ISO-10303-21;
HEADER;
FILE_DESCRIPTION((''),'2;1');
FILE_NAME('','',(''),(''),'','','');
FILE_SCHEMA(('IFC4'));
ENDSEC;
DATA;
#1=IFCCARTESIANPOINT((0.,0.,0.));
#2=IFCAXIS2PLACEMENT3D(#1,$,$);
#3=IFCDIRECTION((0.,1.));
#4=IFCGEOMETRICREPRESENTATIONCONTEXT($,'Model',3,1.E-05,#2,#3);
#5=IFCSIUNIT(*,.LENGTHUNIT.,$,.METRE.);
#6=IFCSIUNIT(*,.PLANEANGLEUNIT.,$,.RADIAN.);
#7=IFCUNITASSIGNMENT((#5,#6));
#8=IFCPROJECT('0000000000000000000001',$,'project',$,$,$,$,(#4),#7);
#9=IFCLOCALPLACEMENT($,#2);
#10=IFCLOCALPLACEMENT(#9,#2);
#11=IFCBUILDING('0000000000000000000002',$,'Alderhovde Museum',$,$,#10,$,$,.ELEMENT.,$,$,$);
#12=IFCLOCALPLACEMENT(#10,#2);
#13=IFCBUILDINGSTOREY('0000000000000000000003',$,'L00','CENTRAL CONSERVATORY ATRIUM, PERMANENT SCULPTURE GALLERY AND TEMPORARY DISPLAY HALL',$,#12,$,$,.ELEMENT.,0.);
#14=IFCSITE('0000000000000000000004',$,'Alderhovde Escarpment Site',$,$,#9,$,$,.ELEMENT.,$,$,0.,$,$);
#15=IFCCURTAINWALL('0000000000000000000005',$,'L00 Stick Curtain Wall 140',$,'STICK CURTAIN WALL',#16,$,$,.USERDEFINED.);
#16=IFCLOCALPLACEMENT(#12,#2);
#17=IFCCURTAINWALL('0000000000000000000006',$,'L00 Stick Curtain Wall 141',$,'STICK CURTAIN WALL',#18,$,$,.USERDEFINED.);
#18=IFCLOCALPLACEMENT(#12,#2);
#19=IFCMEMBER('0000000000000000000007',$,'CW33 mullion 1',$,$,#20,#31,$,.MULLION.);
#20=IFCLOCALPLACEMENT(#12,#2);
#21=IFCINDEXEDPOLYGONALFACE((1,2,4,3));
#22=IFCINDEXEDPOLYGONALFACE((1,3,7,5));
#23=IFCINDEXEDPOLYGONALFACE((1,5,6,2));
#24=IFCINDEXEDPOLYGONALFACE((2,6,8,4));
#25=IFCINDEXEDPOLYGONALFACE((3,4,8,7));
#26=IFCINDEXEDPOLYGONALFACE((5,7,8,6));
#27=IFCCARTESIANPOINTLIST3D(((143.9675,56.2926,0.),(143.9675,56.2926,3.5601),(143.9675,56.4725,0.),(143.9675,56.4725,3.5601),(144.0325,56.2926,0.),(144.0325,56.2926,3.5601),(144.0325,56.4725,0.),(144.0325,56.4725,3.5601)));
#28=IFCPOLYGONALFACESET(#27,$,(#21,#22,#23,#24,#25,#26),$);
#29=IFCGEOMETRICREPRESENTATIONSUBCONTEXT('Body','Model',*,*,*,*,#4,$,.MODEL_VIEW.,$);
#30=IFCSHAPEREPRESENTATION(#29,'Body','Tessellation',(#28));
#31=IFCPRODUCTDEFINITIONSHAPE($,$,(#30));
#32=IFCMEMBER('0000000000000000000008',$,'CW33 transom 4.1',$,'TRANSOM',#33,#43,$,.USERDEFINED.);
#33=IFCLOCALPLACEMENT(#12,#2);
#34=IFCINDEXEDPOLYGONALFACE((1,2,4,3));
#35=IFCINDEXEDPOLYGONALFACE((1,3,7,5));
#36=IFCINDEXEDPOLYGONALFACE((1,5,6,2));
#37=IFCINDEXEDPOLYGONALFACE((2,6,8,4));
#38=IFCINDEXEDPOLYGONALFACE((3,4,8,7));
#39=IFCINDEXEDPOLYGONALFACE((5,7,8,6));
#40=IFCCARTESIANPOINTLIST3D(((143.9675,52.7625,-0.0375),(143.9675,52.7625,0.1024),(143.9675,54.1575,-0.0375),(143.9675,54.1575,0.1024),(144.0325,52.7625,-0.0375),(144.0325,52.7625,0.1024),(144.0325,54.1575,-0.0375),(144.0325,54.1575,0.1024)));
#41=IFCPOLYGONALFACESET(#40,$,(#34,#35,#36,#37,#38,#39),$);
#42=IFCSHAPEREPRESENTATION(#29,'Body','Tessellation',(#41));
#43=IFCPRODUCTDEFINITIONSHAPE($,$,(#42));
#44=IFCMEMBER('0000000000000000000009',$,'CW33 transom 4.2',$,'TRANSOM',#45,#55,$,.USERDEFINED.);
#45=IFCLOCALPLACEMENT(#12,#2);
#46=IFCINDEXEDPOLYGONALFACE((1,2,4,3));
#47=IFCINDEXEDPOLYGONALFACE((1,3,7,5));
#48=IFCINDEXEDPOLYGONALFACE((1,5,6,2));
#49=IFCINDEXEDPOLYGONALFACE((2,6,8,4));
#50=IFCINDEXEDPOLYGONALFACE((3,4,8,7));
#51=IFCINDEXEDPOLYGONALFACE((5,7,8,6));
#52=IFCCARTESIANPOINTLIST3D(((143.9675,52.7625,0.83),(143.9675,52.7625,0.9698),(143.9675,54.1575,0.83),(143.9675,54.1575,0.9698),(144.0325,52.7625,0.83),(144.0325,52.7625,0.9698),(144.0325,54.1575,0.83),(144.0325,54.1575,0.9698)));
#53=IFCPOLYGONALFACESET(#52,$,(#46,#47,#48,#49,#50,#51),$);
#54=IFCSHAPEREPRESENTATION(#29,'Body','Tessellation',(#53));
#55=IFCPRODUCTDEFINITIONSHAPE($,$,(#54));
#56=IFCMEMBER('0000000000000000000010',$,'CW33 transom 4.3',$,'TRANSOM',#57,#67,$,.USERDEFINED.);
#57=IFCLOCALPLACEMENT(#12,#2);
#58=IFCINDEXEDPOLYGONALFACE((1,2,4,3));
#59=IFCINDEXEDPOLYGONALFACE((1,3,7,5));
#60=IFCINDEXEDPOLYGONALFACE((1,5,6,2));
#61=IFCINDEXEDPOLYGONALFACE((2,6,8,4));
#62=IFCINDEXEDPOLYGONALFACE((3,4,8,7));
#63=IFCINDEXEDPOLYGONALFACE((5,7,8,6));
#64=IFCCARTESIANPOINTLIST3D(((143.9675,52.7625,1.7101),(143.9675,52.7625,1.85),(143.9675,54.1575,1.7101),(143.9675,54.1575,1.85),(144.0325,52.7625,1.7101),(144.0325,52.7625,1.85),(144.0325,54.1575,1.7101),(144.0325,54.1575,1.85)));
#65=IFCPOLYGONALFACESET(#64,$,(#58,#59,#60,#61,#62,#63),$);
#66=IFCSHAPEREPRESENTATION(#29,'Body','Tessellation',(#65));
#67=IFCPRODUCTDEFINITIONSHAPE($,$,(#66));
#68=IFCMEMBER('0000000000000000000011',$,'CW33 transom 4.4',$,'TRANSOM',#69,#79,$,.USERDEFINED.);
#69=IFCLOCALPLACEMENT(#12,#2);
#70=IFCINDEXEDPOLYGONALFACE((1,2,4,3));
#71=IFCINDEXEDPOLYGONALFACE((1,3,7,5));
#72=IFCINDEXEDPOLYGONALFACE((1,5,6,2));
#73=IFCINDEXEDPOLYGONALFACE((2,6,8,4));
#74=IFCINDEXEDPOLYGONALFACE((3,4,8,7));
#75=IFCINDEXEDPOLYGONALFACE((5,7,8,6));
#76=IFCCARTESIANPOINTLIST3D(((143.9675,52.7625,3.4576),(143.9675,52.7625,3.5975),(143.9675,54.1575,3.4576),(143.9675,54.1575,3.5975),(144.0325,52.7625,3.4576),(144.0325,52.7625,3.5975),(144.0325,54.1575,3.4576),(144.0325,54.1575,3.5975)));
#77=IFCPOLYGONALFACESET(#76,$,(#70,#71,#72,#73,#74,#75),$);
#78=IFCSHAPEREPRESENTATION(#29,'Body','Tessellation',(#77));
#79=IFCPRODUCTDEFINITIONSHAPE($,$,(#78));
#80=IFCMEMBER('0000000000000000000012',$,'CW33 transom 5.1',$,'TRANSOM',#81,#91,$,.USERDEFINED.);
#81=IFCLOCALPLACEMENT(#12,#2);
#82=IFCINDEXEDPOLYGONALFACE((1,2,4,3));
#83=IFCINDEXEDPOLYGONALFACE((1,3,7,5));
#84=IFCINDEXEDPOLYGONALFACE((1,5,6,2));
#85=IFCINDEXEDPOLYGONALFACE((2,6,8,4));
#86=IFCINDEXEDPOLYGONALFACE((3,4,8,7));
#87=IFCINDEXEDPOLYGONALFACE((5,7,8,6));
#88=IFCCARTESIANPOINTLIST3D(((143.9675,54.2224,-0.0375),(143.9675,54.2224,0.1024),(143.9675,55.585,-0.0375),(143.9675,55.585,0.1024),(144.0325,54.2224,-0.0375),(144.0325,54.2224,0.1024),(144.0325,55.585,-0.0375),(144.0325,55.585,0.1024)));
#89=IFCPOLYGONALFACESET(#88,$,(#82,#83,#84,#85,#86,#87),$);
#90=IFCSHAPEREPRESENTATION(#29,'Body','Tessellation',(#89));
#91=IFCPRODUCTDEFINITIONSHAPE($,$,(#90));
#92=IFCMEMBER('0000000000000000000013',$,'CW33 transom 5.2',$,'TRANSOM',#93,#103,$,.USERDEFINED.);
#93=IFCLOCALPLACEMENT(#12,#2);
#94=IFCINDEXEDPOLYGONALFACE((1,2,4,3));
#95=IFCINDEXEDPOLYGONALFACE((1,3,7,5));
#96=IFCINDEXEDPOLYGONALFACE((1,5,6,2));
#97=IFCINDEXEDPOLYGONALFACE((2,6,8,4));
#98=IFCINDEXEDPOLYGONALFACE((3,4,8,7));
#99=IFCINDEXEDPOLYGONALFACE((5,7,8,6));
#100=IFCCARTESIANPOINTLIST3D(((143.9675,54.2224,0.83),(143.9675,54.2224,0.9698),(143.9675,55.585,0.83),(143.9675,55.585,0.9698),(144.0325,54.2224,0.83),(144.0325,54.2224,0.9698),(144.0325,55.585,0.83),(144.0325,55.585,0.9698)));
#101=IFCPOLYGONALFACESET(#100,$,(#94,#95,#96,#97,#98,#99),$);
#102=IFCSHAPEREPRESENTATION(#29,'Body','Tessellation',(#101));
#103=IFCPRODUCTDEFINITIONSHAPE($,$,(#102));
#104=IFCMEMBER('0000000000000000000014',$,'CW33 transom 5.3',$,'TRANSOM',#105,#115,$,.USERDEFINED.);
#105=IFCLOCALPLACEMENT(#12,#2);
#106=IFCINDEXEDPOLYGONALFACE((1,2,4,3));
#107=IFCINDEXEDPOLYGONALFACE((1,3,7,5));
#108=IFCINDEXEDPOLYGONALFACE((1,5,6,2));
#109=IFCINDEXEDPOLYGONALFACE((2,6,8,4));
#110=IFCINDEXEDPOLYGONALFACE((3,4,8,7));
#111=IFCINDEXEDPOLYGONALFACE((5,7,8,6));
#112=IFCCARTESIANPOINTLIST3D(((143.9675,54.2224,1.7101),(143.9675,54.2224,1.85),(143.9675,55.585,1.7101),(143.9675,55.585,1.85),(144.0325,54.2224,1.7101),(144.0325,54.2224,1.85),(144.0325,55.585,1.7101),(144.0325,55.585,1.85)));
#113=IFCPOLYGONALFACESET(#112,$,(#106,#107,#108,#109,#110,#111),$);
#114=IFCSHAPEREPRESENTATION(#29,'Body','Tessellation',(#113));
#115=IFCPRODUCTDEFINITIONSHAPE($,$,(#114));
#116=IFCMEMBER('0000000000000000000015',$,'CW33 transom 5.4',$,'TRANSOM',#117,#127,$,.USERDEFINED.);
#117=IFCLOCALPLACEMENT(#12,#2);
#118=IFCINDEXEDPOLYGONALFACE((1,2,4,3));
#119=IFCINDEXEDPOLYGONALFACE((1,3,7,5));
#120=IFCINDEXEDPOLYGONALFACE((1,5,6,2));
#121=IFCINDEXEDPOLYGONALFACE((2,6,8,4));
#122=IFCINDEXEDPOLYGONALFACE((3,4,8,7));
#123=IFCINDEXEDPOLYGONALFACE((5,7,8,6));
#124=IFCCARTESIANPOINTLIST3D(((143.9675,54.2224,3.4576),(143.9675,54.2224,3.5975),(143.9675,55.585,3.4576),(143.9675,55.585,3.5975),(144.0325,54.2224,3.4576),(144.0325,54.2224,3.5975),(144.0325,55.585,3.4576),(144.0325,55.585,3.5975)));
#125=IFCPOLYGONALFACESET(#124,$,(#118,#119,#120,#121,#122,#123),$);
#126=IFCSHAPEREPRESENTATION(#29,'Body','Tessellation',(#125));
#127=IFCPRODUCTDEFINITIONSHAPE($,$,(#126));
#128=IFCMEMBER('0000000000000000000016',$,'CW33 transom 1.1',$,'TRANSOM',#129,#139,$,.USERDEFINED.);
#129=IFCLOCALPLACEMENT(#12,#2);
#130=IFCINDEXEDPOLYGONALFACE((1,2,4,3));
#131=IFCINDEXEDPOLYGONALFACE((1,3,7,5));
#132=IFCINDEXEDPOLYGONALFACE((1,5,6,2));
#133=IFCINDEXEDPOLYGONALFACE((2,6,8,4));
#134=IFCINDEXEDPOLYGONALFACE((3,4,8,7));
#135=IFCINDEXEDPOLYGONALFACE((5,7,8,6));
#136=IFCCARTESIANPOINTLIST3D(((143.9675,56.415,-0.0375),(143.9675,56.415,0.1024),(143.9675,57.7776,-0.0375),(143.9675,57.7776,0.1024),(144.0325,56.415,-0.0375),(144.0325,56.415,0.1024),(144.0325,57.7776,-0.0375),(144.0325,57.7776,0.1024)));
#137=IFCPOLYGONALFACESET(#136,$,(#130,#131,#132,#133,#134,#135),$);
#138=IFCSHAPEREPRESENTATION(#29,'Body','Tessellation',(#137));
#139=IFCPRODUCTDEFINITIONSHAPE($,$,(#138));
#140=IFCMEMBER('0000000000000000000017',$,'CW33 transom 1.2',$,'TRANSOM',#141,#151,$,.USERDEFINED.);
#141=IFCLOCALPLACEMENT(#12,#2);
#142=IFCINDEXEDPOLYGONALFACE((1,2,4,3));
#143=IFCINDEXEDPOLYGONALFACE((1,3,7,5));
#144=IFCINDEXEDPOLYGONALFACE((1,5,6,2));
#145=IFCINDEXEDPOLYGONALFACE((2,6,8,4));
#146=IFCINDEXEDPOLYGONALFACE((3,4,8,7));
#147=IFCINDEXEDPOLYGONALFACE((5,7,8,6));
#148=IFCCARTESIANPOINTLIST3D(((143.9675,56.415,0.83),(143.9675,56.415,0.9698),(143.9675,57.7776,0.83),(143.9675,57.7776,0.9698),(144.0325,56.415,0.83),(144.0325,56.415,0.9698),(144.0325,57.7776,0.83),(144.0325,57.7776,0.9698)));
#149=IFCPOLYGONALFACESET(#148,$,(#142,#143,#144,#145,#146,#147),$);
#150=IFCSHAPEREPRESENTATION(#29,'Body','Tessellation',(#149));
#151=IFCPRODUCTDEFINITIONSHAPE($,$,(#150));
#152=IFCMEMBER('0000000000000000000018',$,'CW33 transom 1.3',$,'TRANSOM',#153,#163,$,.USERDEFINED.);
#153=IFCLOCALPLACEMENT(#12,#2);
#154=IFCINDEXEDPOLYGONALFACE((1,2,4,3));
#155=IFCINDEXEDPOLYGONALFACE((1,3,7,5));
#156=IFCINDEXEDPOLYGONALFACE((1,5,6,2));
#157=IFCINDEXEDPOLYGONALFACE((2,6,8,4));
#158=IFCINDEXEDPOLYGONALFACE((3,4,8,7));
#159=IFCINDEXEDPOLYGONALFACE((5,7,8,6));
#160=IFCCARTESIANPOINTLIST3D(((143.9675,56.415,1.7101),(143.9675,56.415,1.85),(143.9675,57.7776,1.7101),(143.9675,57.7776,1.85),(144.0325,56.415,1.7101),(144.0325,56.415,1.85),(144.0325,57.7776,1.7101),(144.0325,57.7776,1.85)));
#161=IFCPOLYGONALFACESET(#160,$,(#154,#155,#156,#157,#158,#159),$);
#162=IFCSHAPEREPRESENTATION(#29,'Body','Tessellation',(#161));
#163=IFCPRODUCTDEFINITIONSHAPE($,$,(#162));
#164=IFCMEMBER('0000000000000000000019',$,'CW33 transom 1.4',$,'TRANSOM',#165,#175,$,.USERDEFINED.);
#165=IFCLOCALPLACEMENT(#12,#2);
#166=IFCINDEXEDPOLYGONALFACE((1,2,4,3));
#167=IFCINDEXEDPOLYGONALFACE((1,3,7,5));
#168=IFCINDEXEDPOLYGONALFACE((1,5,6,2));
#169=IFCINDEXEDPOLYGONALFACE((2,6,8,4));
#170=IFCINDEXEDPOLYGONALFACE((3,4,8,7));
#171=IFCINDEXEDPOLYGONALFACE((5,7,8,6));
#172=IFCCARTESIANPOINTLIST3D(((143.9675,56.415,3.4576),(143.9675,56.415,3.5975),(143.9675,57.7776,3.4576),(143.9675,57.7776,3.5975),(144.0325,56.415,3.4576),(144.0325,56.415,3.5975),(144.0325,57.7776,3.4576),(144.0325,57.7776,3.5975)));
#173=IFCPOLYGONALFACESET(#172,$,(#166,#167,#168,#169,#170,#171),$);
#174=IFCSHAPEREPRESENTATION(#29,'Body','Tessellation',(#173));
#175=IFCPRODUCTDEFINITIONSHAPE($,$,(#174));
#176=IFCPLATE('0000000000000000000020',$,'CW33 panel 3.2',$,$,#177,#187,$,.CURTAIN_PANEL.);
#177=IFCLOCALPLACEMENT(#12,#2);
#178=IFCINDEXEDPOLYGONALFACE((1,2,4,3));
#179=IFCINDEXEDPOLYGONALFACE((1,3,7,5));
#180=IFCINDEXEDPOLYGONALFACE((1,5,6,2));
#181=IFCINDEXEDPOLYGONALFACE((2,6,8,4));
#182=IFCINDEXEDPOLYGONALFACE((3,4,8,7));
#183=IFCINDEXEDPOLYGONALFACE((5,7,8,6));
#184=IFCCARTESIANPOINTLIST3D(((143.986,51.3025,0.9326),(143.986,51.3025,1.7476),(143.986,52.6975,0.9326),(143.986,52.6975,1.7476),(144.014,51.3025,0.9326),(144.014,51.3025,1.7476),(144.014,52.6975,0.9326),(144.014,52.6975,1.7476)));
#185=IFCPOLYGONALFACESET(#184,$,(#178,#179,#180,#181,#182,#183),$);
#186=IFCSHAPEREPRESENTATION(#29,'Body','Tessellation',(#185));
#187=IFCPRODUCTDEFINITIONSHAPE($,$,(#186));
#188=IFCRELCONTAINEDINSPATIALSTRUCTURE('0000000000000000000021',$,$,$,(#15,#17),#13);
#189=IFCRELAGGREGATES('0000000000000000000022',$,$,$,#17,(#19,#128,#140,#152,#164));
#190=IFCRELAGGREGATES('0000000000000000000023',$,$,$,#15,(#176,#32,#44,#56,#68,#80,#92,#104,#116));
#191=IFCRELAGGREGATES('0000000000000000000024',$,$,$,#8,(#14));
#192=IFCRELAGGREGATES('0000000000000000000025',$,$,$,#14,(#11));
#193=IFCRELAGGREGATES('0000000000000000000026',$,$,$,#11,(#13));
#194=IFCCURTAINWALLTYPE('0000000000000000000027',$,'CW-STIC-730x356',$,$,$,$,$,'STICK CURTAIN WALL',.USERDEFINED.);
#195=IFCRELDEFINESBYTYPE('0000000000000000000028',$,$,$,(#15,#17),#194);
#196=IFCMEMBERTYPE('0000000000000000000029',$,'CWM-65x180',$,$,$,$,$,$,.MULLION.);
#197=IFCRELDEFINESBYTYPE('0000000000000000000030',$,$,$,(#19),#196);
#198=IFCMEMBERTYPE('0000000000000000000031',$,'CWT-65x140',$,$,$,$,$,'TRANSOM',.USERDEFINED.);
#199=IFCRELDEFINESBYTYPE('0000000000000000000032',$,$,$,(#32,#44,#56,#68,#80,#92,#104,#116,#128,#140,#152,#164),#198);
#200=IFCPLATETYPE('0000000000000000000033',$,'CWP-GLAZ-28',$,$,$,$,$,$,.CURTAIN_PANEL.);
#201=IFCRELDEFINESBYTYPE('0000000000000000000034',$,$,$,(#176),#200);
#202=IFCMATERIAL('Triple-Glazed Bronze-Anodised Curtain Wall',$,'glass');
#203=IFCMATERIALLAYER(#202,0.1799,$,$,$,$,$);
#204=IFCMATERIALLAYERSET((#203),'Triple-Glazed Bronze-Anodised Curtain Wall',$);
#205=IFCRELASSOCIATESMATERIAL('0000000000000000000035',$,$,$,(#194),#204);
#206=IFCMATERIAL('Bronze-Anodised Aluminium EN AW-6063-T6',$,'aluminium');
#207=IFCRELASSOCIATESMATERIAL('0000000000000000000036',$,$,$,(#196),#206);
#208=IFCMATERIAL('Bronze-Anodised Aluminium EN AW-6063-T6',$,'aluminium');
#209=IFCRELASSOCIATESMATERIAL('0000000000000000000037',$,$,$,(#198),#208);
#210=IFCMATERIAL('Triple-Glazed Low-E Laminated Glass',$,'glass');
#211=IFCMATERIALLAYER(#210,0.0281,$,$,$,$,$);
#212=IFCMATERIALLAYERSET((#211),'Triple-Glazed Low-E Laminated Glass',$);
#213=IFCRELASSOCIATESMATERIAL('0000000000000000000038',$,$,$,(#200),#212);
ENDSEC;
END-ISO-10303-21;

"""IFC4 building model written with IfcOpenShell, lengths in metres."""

from ifc_helpers import new_model, si_unit, direction, frame, origin, origin_2d, place, context, subcontext, project, spatial, rectangle, extrude, material, layer, layer_set, material_profile, profile_set, type_object, element, aggregate, save


model = new_model("IFC4")

# Units and contexts
model_context = context("Model", 3, precision=1e-05, world=origin(), true_north=direction((0.0, 1.0)))
body_context = subcontext(model_context, "Body", "Model", "MODEL_VIEW")
ifc_project = project(units=[si_unit("LENGTHUNIT", "METRE"), si_unit("PLANEANGLEUNIT", "RADIAN")], contexts=[model_context])

# Site, building, storey
site_placement = place(None, origin())
site = spatial("IfcSite", under=ifc_project, at=site_placement, Name="Alderhovde Escarpment Site", CompositionType="ELEMENT", RefElevation=0.0)
building_placement = place(site_placement, origin())
building = spatial("IfcBuilding", under=site, at=building_placement, Name="Alderhovde Museum", CompositionType="ELEMENT")
storey_placement = place(building_placement, origin())
storey = spatial("IfcBuildingStorey", under=building, at=storey_placement, Name="L00", Description="CENTRAL CONSERVATORY ATRIUM, PERMANENT SCULPTURE GALLERY AND TEMPORARY DISPLAY HALL", CompositionType="ELEMENT", Elevation=0.0)

# Curtain wall
ifc_material_1 = material(Name="Triple-Glazed Bronze-Anodised Curtain Wall", Category="glass")
ifc_layer_1 = layer(ifc_material_1, 0.1799)
ifc_layer_set_1 = layer_set([ifc_layer_1], Name="Triple-Glazed Bronze-Anodised Curtain Wall")
curtain_wall_type = type_object("IfcCurtainWallType", Name="CW-STIC-730x356", ElementType="STICK CURTAIN WALL", PredefinedType="USERDEFINED", material=ifc_layer_set_1)
curtain_wall_1_placement = place(storey_placement, origin())
curtain_wall_1 = element("IfcCurtainWall", 1, at=curtain_wall_1_placement, inside=storey, type_object=curtain_wall_type, Name="L00 Stick Curtain Wall 140", ObjectType="STICK CURTAIN WALL", PredefinedType="USERDEFINED")
ifc_material_2 = material(Name="Bronze-Anodised Aluminium EN AW-6063-T6", Category="aluminium")
ifc_material_profile_1 = material_profile(ifc_material_2, rectangle(XDim=0.0649, YDim=0.1799, at=origin_2d()), Name="MULLION 65x180")
ifc_profile_set_1 = profile_set([ifc_material_profile_1], Name="Bronze-Anodised Aluminium EN AW-6063-T6")
member_type_1 = type_object("IfcMemberType", Name="CWM-65x180", PredefinedType="MULLION", material=ifc_profile_set_1)

# Curtain wall, member
curtain_wall_2_placement = place(storey_placement, origin())
curtain_wall_2 = element("IfcCurtainWall", 2, at=curtain_wall_2_placement, inside=storey, type_object=curtain_wall_type, Name="L00 Stick Curtain Wall 141", ObjectType="STICK CURTAIN WALL", PredefinedType="USERDEFINED")
member_1_placement = place(storey_placement, frame((144.0, 56.3826, 0.0), z_axis=(0.0, 0.0, 1.0), x_axis=(-1.0, 0.0, 0.0)))
member_1 = element("IfcMember", 3, at=member_1_placement, type_object=member_type_1, Name="CW33 mullion 1", PredefinedType="MULLION", context=body_context, shape_type="SweptSolid", body=[
    extrude(rectangle(XDim=0.0649, YDim=0.1799, at=origin_2d()), origin(), (0.0, 0.0, 1.0), 3.5601),
])

# Members
ifc_material_3 = material(Name="Bronze-Anodised Aluminium EN AW-6063-T6", Category="aluminium")
ifc_material_profile_2 = material_profile(ifc_material_3, rectangle(XDim=0.0649, YDim=0.1399, at=origin_2d()), Name="TRANSOM 65x140")
ifc_profile_set_2 = profile_set([ifc_material_profile_2], Name="Bronze-Anodised Aluminium EN AW-6063-T6")
member_type_2 = type_object("IfcMemberType", Name="CWT-65x140", ElementType="TRANSOM", PredefinedType="USERDEFINED", material=ifc_profile_set_2)
member_2_placement = place(storey_placement, frame((144.0, 52.7625, 0.0325), z_axis=(0.0, 1.0, 0.0), x_axis=(-1.0, 0.0, 0.0)))
member_2 = element("IfcMember", 4, at=member_2_placement, type_object=member_type_2, Name="CW33 transom 4.1", ObjectType="TRANSOM", PredefinedType="USERDEFINED", context=body_context, shape_type="SweptSolid", body=[
    extrude(rectangle(XDim=0.0649, YDim=0.1399, at=origin_2d()), origin(), (0.0, 0.0, 1.0), 1.395),
])
member_3_placement = place(storey_placement, frame((144.0, 52.7625, 0.8999), z_axis=(0.0, 1.0, 0.0), x_axis=(-1.0, 0.0, 0.0)))
member_3 = element("IfcMember", 5, at=member_3_placement, type_object=member_type_2, Name="CW33 transom 4.2", ObjectType="TRANSOM", PredefinedType="USERDEFINED", context=body_context, shape_type="SweptSolid", body=[
    extrude(rectangle(XDim=0.0649, YDim=0.1399, at=origin_2d()), origin(), (0.0, 0.0, 1.0), 1.395),
])
member_4_placement = place(storey_placement, frame((144.0, 52.7625, 1.78), z_axis=(0.0, 1.0, 0.0), x_axis=(-1.0, 0.0, 0.0)))
member_4 = element("IfcMember", 6, at=member_4_placement, type_object=member_type_2, Name="CW33 transom 4.3", ObjectType="TRANSOM", PredefinedType="USERDEFINED", context=body_context, shape_type="SweptSolid", body=[
    extrude(rectangle(XDim=0.0649, YDim=0.1399, at=origin_2d()), origin(), (0.0, 0.0, 1.0), 1.395),
])
member_5_placement = place(storey_placement, frame((144.0, 52.7625, 3.5276), z_axis=(0.0, 1.0, 0.0), x_axis=(-1.0, 0.0, 0.0)))
member_5 = element("IfcMember", 7, at=member_5_placement, type_object=member_type_2, Name="CW33 transom 4.4", ObjectType="TRANSOM", PredefinedType="USERDEFINED", context=body_context, shape_type="SweptSolid", body=[
    extrude(rectangle(XDim=0.0649, YDim=0.1399, at=origin_2d()), origin(), (0.0, 0.0, 1.0), 1.395),
])
member_6_placement = place(storey_placement, frame((144.0, 54.2224, 0.0325), z_axis=(0.0, 1.0, 0.0), x_axis=(-1.0, 0.0, 0.0)))
member_6 = element("IfcMember", 8, at=member_6_placement, type_object=member_type_2, Name="CW33 transom 5.1", ObjectType="TRANSOM", PredefinedType="USERDEFINED", context=body_context, shape_type="SweptSolid", body=[
    extrude(rectangle(XDim=0.0649, YDim=0.1399, at=origin_2d()), origin(), (0.0, 0.0, 1.0), 1.3625),
])
member_7_placement = place(storey_placement, frame((144.0, 54.2224, 0.8999), z_axis=(0.0, 1.0, 0.0), x_axis=(-1.0, 0.0, 0.0)))
member_7 = element("IfcMember", 9, at=member_7_placement, type_object=member_type_2, Name="CW33 transom 5.2", ObjectType="TRANSOM", PredefinedType="USERDEFINED", context=body_context, shape_type="SweptSolid", body=[
    extrude(rectangle(XDim=0.0649, YDim=0.1399, at=origin_2d()), origin(), (0.0, 0.0, 1.0), 1.3625),
])
member_8_placement = place(storey_placement, frame((144.0, 54.2224, 1.78), z_axis=(0.0, 1.0, 0.0), x_axis=(-1.0, 0.0, 0.0)))
member_8 = element("IfcMember", 10, at=member_8_placement, type_object=member_type_2, Name="CW33 transom 5.3", ObjectType="TRANSOM", PredefinedType="USERDEFINED", context=body_context, shape_type="SweptSolid", body=[
    extrude(rectangle(XDim=0.0649, YDim=0.1399, at=origin_2d()), origin(), (0.0, 0.0, 1.0), 1.3625),
])
member_9_placement = place(storey_placement, frame((144.0, 54.2224, 3.5276), z_axis=(0.0, 1.0, 0.0), x_axis=(-1.0, 0.0, 0.0)))
member_9 = element("IfcMember", 11, at=member_9_placement, type_object=member_type_2, Name="CW33 transom 5.4", ObjectType="TRANSOM", PredefinedType="USERDEFINED", context=body_context, shape_type="SweptSolid", body=[
    extrude(rectangle(XDim=0.0649, YDim=0.1399, at=origin_2d()), origin(), (0.0, 0.0, 1.0), 1.3625),
])
member_10_placement = place(storey_placement, frame((144.0, 56.415, 0.0325), z_axis=(0.0, 1.0, 0.0), x_axis=(-1.0, 0.0, 0.0)))
member_10 = element("IfcMember", 12, at=member_10_placement, type_object=member_type_2, Name="CW33 transom 1.1", ObjectType="TRANSOM", PredefinedType="USERDEFINED", context=body_context, shape_type="SweptSolid", body=[
    extrude(rectangle(XDim=0.0649, YDim=0.1399, at=origin_2d()), origin(), (0.0, 0.0, 1.0), 1.3625),
])
member_11_placement = place(storey_placement, frame((144.0, 56.415, 0.8999), z_axis=(0.0, 1.0, 0.0), x_axis=(-1.0, 0.0, 0.0)))
member_11 = element("IfcMember", 13, at=member_11_placement, type_object=member_type_2, Name="CW33 transom 1.2", ObjectType="TRANSOM", PredefinedType="USERDEFINED", context=body_context, shape_type="SweptSolid", body=[
    extrude(rectangle(XDim=0.0649, YDim=0.1399, at=origin_2d()), origin(), (0.0, 0.0, 1.0), 1.3625),
])
member_12_placement = place(storey_placement, frame((144.0, 56.415, 1.78), z_axis=(0.0, 1.0, 0.0), x_axis=(-1.0, 0.0, 0.0)))
member_12 = element("IfcMember", 14, at=member_12_placement, type_object=member_type_2, Name="CW33 transom 1.3", ObjectType="TRANSOM", PredefinedType="USERDEFINED", context=body_context, shape_type="SweptSolid", body=[
    extrude(rectangle(XDim=0.0649, YDim=0.1399, at=origin_2d()), origin(), (0.0, 0.0, 1.0), 1.3625),
])
member_13_placement = place(storey_placement, frame((144.0, 56.415, 3.5276), z_axis=(0.0, 1.0, 0.0), x_axis=(-1.0, 0.0, 0.0)))
member_13 = element("IfcMember", 15, at=member_13_placement, type_object=member_type_2, Name="CW33 transom 1.4", ObjectType="TRANSOM", PredefinedType="USERDEFINED", context=body_context, shape_type="SweptSolid", body=[
    extrude(rectangle(XDim=0.0649, YDim=0.1399, at=origin_2d()), origin(), (0.0, 0.0, 1.0), 1.3625),
])
aggregate(curtain_wall_2, [member_1, member_10, member_11, member_12, member_13])

# Plate
ifc_material_4 = material(Name="Triple-Glazed Low-E Laminated Glass", Category="glass")
ifc_layer_2 = layer(ifc_material_4, 0.0281)
ifc_layer_set_2 = layer_set([ifc_layer_2], Name="Triple-Glazed Low-E Laminated Glass")
plate_type = type_object("IfcPlateType", Name="CWP-GLAZ-28", PredefinedType="CURTAIN_PANEL", material=ifc_layer_set_2)
plate_1_placement = place(storey_placement, frame((144.0, 52.0, 0.9326), z_axis=(0.0, 0.0, 1.0), x_axis=(0.0, 1.0, 0.0)))
plate_1 = element("IfcPlate", 16, at=plate_1_placement, type_object=plate_type, Name="CW33 panel 3.2", PredefinedType="CURTAIN_PANEL", context=body_context, shape_type="SweptSolid", body=[
    extrude(rectangle(XDim=1.395, YDim=0.0281, at=origin_2d()), origin(), (0.0, 0.0, 1.0), 0.8149),
])
aggregate(curtain_wall_1, [plate_1, member_2, member_3, member_4, member_5, member_6, member_7, member_8, member_9])

save(model, "model.ifc")
